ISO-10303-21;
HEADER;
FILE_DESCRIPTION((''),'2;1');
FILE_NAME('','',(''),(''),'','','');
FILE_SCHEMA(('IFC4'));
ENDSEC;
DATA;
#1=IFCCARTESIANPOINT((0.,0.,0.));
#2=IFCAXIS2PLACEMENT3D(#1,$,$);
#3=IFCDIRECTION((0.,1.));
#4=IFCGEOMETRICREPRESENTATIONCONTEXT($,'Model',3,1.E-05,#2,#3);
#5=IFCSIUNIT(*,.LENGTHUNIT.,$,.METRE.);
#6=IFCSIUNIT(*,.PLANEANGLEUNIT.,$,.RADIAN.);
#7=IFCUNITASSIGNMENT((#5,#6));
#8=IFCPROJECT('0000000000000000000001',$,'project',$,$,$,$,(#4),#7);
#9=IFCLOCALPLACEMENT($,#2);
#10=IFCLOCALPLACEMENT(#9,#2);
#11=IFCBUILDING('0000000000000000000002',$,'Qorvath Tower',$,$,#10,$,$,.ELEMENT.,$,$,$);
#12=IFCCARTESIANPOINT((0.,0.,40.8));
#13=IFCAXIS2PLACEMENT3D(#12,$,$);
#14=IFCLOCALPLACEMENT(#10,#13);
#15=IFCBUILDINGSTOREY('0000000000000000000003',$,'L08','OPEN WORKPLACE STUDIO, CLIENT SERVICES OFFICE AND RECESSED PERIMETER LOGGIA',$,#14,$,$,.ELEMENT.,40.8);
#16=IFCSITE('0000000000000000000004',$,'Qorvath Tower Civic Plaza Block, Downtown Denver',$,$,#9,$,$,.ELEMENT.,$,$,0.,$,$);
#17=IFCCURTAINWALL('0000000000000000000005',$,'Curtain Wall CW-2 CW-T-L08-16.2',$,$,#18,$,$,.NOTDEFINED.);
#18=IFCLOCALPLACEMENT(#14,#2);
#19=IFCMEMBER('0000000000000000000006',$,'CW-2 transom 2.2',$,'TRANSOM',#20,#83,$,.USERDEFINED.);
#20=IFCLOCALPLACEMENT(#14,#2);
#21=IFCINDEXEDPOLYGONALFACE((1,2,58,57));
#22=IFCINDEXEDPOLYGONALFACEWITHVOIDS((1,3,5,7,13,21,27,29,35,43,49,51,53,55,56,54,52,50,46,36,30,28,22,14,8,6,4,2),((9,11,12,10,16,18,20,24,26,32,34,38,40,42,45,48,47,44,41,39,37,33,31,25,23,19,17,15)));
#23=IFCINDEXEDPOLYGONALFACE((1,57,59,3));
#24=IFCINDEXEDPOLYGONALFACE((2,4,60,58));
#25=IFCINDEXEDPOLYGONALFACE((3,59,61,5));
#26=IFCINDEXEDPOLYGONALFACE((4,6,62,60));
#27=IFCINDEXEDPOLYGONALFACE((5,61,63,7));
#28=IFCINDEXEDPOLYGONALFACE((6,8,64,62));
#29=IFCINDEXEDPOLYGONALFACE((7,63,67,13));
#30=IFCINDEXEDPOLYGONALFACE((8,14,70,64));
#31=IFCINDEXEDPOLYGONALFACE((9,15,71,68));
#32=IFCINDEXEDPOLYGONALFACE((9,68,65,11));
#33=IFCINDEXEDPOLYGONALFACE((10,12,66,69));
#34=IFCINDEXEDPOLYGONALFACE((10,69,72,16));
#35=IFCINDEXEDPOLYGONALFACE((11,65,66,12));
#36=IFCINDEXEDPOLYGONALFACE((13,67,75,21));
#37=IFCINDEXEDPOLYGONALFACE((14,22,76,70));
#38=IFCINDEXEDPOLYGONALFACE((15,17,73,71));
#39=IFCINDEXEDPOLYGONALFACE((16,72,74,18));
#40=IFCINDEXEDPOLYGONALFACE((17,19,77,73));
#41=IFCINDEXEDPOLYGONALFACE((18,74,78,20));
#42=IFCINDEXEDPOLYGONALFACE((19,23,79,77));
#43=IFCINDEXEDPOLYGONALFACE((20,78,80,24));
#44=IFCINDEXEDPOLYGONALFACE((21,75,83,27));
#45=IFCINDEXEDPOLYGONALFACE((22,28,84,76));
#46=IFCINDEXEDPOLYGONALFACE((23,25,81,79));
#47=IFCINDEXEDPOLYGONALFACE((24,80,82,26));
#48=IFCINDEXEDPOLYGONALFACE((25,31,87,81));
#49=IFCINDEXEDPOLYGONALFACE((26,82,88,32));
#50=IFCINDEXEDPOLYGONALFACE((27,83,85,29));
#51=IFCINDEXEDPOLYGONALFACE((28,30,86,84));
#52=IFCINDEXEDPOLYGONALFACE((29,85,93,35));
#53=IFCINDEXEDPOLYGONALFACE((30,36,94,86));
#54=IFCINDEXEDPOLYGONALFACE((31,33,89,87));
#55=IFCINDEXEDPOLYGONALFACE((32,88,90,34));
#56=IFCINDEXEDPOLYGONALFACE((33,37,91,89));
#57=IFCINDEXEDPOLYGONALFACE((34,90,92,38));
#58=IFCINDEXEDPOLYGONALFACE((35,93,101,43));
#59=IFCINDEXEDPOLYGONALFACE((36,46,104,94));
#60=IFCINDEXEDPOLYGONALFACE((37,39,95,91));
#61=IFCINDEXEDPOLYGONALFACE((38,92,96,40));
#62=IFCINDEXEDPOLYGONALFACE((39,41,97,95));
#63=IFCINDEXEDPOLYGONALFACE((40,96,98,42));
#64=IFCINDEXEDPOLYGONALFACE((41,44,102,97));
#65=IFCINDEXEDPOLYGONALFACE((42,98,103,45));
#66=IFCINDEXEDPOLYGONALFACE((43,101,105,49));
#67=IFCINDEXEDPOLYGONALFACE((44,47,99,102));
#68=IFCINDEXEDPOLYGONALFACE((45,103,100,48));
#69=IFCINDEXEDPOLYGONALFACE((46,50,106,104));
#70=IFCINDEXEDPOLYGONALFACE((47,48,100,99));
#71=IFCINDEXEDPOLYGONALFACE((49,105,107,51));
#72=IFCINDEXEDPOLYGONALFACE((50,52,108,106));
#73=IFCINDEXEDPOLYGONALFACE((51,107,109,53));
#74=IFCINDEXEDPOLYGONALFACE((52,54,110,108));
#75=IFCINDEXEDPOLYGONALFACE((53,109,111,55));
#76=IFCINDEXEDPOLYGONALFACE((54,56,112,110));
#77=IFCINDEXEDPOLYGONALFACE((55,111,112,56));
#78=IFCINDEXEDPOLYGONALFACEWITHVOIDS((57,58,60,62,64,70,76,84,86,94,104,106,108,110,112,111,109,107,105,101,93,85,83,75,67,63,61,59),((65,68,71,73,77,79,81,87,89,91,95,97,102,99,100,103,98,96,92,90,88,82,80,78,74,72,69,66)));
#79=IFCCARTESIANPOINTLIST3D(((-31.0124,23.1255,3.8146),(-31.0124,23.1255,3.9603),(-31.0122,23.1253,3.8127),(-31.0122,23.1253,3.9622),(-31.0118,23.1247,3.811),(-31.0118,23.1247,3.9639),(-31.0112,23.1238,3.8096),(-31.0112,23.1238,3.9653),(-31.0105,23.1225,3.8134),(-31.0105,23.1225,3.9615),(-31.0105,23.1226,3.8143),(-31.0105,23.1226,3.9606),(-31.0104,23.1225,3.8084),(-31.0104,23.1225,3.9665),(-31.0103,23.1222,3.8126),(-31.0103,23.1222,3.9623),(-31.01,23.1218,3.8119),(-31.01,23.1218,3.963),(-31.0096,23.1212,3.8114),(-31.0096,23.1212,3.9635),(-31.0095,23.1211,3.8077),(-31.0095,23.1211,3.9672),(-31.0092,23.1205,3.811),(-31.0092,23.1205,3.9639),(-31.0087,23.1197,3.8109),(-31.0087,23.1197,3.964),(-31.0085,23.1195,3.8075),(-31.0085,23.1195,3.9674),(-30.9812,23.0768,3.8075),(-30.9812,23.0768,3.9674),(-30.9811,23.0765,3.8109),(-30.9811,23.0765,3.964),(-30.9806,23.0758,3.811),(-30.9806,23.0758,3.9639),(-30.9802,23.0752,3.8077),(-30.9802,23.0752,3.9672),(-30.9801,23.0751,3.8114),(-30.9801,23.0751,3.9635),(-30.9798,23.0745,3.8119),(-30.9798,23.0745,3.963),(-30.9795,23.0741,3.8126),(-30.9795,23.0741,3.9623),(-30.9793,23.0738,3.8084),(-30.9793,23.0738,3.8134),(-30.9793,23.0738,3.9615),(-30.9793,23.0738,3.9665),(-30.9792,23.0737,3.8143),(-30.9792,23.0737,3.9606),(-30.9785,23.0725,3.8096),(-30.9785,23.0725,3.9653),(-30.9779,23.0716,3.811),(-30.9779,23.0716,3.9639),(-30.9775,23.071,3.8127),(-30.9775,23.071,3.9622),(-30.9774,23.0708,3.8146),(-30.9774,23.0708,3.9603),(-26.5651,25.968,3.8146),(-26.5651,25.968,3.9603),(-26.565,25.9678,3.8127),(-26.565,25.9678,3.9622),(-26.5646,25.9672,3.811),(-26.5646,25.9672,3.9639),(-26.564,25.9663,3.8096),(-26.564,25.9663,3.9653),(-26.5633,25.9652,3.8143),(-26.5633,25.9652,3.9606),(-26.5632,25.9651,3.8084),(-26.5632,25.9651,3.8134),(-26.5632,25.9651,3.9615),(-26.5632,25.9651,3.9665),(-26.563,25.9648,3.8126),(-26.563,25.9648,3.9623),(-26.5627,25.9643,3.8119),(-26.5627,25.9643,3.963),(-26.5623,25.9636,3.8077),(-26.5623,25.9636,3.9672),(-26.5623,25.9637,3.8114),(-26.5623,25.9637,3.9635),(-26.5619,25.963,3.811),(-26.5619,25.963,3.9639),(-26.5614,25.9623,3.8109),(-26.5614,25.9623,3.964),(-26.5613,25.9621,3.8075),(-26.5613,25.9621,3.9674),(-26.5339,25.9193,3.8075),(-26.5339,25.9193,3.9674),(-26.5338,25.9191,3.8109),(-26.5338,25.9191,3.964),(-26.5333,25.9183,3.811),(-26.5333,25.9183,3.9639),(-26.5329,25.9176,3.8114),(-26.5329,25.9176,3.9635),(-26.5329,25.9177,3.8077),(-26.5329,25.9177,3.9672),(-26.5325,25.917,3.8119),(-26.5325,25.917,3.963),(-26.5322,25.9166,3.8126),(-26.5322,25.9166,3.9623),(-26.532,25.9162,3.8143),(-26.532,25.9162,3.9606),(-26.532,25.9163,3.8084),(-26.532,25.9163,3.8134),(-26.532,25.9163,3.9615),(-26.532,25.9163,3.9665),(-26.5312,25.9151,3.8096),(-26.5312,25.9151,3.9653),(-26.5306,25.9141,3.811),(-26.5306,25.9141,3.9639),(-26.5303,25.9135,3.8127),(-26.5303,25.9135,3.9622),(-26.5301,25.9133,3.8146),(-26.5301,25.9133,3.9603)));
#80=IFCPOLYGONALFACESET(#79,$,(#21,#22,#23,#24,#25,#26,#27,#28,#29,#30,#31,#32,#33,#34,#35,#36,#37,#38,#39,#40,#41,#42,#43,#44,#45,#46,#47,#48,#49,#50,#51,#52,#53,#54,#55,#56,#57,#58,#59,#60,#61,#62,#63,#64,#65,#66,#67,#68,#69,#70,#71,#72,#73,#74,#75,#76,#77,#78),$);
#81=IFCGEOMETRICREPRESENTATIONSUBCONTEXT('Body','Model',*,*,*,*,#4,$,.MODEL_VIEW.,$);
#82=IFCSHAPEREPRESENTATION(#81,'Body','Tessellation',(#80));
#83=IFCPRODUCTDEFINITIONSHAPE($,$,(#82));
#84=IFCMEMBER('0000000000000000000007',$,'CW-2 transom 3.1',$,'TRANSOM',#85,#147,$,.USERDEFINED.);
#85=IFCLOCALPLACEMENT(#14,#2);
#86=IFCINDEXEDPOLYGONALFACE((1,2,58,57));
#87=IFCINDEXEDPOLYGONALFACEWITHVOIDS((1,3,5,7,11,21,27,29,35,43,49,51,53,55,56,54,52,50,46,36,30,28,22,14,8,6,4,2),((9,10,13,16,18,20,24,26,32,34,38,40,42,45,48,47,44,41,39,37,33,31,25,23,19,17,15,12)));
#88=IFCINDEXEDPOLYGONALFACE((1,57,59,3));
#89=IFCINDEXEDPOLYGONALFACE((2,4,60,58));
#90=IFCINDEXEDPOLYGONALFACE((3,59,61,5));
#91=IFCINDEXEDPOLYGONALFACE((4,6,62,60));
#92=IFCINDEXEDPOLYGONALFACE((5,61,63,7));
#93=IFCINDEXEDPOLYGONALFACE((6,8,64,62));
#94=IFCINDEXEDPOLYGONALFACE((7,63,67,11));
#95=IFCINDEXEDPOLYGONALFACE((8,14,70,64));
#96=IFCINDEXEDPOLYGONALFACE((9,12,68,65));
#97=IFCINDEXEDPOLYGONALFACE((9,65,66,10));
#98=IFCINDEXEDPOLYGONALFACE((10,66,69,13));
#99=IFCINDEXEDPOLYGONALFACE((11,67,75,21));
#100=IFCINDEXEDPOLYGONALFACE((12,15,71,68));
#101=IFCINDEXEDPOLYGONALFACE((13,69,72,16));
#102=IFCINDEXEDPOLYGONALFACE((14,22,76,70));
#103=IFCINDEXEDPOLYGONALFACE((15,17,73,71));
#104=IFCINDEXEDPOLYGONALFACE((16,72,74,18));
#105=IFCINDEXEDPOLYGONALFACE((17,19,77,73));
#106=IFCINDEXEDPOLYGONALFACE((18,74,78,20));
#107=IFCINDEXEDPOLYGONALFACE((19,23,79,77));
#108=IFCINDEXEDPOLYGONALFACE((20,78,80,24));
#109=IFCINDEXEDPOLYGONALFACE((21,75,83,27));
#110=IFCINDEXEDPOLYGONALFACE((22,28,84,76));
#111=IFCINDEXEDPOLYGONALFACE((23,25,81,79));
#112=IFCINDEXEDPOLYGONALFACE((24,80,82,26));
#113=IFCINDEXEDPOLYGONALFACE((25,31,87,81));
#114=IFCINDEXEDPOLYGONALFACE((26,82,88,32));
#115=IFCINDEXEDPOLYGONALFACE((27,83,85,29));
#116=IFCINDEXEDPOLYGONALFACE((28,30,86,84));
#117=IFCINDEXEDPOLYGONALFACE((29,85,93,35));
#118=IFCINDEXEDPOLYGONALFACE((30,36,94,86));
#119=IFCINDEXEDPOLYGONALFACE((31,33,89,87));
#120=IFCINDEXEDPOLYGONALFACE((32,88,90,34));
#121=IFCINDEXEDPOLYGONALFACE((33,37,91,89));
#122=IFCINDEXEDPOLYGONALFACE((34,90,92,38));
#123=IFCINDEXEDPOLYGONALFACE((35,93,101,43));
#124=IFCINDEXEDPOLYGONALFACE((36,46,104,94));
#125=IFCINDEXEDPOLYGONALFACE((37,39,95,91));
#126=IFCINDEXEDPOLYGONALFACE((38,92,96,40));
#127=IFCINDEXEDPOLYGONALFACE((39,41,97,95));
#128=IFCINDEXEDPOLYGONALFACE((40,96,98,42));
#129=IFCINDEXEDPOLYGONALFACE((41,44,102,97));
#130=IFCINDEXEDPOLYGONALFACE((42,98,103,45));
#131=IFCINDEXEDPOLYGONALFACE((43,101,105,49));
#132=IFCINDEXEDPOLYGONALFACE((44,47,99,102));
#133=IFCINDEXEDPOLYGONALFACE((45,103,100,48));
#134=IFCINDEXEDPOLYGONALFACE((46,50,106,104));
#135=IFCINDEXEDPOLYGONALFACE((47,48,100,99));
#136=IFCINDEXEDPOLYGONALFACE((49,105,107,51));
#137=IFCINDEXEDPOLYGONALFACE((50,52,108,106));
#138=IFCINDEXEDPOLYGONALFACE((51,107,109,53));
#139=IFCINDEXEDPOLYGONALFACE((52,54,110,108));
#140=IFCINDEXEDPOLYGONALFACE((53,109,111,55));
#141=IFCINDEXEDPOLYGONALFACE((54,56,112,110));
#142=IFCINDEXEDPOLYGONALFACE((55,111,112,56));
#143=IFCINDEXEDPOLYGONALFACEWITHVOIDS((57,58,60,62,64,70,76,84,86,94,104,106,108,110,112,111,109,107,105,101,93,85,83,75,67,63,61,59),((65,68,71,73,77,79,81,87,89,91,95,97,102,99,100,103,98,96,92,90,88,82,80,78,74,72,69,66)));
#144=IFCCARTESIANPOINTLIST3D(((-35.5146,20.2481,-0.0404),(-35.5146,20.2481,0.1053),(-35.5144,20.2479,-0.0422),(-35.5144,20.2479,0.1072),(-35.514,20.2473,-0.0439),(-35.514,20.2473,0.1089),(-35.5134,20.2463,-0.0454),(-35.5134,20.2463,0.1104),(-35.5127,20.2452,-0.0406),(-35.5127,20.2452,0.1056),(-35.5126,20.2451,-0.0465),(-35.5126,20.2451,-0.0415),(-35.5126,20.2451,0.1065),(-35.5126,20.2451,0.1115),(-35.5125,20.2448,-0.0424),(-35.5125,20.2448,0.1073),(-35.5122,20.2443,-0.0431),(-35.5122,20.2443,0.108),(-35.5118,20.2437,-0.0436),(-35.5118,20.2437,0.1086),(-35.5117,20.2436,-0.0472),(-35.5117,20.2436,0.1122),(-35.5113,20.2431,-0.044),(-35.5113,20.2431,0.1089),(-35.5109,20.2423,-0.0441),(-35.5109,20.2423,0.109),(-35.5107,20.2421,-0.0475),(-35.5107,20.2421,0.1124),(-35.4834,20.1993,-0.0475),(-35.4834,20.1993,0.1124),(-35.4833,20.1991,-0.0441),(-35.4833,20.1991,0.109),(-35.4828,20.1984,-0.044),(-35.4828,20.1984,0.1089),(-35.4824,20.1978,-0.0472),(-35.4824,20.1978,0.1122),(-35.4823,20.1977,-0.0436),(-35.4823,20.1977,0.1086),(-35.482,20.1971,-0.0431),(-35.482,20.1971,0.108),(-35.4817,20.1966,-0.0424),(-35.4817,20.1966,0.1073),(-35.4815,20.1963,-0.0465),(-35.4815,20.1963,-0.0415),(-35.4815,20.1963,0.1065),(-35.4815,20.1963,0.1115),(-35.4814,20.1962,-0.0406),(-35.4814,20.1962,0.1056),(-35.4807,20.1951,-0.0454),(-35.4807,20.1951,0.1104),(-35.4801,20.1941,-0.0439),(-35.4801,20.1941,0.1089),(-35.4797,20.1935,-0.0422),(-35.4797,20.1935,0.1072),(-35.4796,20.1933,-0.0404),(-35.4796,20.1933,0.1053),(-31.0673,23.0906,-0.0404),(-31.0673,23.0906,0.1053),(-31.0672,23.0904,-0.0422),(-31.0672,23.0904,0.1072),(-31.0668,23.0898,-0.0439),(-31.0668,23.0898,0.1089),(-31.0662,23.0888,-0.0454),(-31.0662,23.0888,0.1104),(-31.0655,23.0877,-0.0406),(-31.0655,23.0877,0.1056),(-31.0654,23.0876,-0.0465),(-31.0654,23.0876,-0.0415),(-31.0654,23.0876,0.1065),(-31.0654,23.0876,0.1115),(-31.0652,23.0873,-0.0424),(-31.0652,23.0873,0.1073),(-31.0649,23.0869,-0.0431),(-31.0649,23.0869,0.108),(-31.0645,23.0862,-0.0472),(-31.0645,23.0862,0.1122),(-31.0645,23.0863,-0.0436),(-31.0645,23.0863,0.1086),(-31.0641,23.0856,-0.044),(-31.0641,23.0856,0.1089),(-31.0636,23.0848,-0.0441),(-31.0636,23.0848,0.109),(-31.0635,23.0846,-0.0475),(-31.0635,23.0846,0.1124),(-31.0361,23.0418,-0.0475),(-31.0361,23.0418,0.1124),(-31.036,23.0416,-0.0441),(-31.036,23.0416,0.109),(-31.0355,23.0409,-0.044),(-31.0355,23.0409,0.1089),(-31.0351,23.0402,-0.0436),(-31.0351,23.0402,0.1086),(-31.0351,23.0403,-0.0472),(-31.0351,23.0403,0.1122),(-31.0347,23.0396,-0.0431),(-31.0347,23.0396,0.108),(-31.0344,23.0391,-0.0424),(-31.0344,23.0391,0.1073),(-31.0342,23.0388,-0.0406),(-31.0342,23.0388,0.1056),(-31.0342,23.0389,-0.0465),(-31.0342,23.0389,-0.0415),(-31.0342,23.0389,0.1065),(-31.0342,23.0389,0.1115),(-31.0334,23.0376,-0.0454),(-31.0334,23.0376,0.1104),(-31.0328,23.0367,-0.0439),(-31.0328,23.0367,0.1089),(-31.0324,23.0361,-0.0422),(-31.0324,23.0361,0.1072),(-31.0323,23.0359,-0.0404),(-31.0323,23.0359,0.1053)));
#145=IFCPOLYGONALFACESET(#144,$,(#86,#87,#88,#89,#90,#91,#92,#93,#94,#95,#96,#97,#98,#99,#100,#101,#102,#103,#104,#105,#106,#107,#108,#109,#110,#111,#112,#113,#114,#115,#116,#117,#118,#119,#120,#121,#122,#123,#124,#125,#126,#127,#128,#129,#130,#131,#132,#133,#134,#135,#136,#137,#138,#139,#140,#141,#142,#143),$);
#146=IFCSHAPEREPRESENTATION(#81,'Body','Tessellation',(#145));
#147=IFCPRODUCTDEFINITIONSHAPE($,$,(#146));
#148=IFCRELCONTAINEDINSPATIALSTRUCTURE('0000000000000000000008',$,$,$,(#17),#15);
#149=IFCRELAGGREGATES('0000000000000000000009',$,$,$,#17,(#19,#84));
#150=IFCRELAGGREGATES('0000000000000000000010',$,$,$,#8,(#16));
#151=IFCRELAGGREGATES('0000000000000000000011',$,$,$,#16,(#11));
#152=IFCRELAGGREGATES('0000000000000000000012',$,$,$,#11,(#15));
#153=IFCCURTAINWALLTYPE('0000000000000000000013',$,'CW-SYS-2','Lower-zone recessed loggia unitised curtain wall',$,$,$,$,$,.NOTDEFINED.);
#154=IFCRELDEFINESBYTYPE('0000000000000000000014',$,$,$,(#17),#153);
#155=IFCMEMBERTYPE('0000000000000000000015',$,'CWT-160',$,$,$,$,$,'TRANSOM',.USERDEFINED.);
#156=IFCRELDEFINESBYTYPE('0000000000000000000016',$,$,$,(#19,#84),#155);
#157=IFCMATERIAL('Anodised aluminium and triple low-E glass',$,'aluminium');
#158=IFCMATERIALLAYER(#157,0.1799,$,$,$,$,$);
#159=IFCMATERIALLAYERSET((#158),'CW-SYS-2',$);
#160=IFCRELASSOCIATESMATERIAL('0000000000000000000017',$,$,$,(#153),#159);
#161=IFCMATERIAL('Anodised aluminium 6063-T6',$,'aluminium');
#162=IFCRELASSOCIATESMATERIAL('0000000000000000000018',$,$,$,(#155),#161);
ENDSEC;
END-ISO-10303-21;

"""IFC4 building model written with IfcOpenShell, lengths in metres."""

from ifc_helpers import new_model, si_unit, direction, frame, origin, origin_2d, place, context, subcontext, project, spatial, hollow_rectangle, extrude, material, layer, layer_set, material_profile, profile_set, type_object, element, aggregate, save


model = new_model("IFC4")

# Units and contexts
model_context = context("Model", 3, precision=1e-05, world=origin(), true_north=direction((0.0, 1.0)))
body_context = subcontext(model_context, "Body", "Model", "MODEL_VIEW")
ifc_project = project(units=[si_unit("LENGTHUNIT", "METRE"), si_unit("PLANEANGLEUNIT", "RADIAN")], contexts=[model_context])

# Site, building, storey
site_placement = place(None, origin())
site = spatial("IfcSite", under=ifc_project, at=site_placement, Name="Qorvath Tower Civic Plaza Block, Downtown Denver", CompositionType="ELEMENT", RefElevation=0.0)
building_placement = place(site_placement, origin())
building = spatial("IfcBuilding", under=site, at=building_placement, Name="Qorvath Tower", CompositionType="ELEMENT")
storey_placement = place(building_placement, frame((0.0, 0.0, 40.8)))
storey = spatial("IfcBuildingStorey", under=building, at=storey_placement, Name="L08", Description="OPEN WORKPLACE STUDIO, CLIENT SERVICES OFFICE AND RECESSED PERIMETER LOGGIA", CompositionType="ELEMENT", Elevation=40.8)

# Shared definitions
ifc_material_1 = material(Name="Anodised aluminium and triple low-E glass", Category="aluminium")
ifc_layer_1 = layer(ifc_material_1, 0.1799)
ifc_layer_set_1 = layer_set([ifc_layer_1], Name="CW-SYS-2")
curtain_wall_type = type_object("IfcCurtainWallType", Name="CW-SYS-2", Description="Lower-zone recessed loggia unitised curtain wall", PredefinedType="NOTDEFINED", material=ifc_layer_set_1)

# Curtain wall, members
curtain_wall_1_placement = place(storey_placement, origin())
curtain_wall_1 = element("IfcCurtainWall", 1, at=curtain_wall_1_placement, inside=storey, type_object=curtain_wall_type, Name="Curtain Wall CW-2 CW-T-L08-16.2", PredefinedType="NOTDEFINED")
ifc_material_2 = material(Name="Anodised aluminium 6063-T6", Category="aluminium")
ifc_material_profile_1 = material_profile(ifc_material_2, hollow_rectangle(XDim=0.0649, YDim=0.1599, WallThickness=0.0034, InnerFilletRadius=0.0034, OuterFilletRadius=0.0071, at=origin_2d()), Name="CWT 160x65")
ifc_profile_set_1 = profile_set([ifc_material_profile_1], Name="Anodised aluminium 6063-T6")
member_type_1 = type_object("IfcMemberType", Name="CWT-160", ElementType="TRANSOM", PredefinedType="USERDEFINED", material=ifc_profile_set_1)
member_1_placement = place(storey_placement, frame((-26.5476, 25.9407, 3.8875), z_axis=(-0.842591, -0.538554, 0.0), x_axis=(0.538554, -0.842591, 0.0)))
member_1 = element("IfcMember", 2, at=member_1_placement, type_object=member_type_1, Name="CW-2 transom 2.2", ObjectType="TRANSOM", PredefinedType="USERDEFINED", context=body_context, shape_type="SweptSolid", body=[
    extrude(hollow_rectangle(XDim=0.0649, YDim=0.1599, WallThickness=0.0034, InnerFilletRadius=0.0034, OuterFilletRadius=0.0071, at=origin_2d()), origin(), (0.0, 0.0, 1.0), 5.2781),
])
member_2_placement = place(storey_placement, frame((-31.0498, 23.0632, 0.0325), z_axis=(-0.842591, -0.538554, 0.0), x_axis=(0.538554, -0.842591, 0.0)))
member_2 = element("IfcMember", 3, at=member_2_placement, type_object=member_type_1, Name="CW-2 transom 3.1", ObjectType="TRANSOM", PredefinedType="USERDEFINED", context=body_context, shape_type="SweptSolid", body=[
    extrude(hollow_rectangle(XDim=0.0649, YDim=0.1599, WallThickness=0.0034, InnerFilletRadius=0.0034, OuterFilletRadius=0.0071, at=origin_2d()), origin(), (0.0, 0.0, 1.0), 5.2781),
])
aggregate(curtain_wall_1, [member_1, member_2])

save(model, "model.ifc")
